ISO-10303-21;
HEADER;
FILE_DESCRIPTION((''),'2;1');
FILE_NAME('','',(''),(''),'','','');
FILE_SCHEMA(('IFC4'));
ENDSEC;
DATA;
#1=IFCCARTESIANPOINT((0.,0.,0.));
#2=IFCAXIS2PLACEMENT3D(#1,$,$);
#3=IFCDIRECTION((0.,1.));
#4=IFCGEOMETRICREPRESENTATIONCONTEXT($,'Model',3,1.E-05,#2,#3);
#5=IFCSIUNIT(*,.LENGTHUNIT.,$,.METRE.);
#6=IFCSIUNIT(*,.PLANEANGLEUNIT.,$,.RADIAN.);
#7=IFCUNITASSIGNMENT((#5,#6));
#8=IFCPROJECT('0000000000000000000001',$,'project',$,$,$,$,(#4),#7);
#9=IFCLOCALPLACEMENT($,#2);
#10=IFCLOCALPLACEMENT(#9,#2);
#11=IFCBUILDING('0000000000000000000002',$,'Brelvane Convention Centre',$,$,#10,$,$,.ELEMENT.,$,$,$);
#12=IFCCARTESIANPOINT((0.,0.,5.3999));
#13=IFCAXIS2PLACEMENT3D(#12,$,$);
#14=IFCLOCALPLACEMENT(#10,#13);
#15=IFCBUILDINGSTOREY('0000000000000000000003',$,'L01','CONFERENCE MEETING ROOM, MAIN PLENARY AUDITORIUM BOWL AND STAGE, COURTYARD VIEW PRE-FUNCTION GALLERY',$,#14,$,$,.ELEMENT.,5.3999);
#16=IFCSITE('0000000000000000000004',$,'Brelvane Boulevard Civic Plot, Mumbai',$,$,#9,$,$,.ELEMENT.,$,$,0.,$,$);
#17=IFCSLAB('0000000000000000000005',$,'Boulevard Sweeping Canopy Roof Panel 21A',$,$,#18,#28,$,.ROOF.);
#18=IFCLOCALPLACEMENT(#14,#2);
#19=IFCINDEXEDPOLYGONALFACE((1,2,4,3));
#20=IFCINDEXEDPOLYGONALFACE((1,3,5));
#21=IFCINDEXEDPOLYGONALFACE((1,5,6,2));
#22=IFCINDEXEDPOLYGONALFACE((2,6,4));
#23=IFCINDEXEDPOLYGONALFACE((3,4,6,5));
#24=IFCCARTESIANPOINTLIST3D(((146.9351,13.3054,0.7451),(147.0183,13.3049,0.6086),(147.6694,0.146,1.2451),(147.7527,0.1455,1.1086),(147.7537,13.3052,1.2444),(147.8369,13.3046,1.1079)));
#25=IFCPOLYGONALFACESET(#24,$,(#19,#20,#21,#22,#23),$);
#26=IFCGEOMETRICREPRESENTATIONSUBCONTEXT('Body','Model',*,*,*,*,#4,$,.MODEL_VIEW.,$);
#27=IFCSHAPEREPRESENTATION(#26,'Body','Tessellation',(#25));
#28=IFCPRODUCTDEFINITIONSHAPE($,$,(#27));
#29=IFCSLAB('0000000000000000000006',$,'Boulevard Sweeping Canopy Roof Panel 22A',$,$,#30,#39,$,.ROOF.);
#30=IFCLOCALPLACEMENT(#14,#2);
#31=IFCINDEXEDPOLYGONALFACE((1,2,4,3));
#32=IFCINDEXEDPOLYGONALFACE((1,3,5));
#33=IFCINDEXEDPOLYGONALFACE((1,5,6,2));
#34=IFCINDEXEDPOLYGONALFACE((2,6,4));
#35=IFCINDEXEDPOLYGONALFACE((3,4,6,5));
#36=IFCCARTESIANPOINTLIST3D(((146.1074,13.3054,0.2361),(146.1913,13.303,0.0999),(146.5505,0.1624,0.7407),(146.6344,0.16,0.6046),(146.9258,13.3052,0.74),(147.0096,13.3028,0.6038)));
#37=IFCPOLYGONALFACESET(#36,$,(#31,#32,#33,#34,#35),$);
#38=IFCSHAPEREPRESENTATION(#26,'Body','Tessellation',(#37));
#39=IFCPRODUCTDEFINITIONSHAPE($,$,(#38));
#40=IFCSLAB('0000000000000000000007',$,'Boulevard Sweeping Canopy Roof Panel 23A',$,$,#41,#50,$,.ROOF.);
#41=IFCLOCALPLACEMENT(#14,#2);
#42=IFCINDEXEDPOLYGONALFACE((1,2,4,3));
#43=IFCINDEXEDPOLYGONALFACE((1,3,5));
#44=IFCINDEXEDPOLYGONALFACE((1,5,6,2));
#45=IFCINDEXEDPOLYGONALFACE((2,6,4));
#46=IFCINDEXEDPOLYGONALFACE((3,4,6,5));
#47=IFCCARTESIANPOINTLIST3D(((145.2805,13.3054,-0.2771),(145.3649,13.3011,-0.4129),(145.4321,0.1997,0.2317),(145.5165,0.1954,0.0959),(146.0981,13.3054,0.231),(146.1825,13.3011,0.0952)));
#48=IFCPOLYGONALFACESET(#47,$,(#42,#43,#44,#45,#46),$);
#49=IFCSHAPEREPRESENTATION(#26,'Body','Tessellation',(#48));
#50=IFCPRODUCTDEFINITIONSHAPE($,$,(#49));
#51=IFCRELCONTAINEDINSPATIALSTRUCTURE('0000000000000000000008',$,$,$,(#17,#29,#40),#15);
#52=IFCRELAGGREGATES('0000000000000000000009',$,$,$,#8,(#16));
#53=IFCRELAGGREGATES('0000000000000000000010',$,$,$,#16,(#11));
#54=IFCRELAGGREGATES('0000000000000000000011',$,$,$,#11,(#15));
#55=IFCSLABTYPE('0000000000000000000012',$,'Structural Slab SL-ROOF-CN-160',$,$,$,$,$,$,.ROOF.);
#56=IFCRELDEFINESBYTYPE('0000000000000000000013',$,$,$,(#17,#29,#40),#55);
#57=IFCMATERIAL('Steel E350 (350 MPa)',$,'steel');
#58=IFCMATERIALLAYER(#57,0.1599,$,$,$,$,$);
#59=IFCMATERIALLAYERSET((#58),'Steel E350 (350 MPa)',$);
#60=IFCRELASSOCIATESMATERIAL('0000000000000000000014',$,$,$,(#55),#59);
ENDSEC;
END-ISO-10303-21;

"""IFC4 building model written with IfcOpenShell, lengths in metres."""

from ifc_helpers import new_model, si_unit, direction, frame, origin, place, context, subcontext, project, spatial, polyline, outline, extrude, material, layer, layer_set, type_object, element, save


model = new_model("IFC4")

# Units and contexts
model_context = context("Model", 3, precision=1e-05, world=origin(), true_north=direction((0.0, 1.0)))
body_context = subcontext(model_context, "Body", "Model", "MODEL_VIEW")
ifc_project = project(units=[si_unit("LENGTHUNIT", "METRE"), si_unit("PLANEANGLEUNIT", "RADIAN")], contexts=[model_context])

# Site, building, storey
site_placement = place(None, origin())
site = spatial("IfcSite", under=ifc_project, at=site_placement, Name="Brelvane Boulevard Civic Plot, Mumbai", CompositionType="ELEMENT", RefElevation=0.0)
building_placement = place(site_placement, origin())
building = spatial("IfcBuilding", under=site, at=building_placement, Name="Brelvane Convention Centre", CompositionType="ELEMENT")
storey_placement = place(building_placement, frame((0.0, 0.0, 5.3999)))
storey = spatial("IfcBuildingStorey", under=building, at=storey_placement, Name="L01", Description="CONFERENCE MEETING ROOM, MAIN PLENARY AUDITORIUM BOWL AND STAGE, COURTYARD VIEW PRE-FUNCTION GALLERY", CompositionType="ELEMENT", Elevation=5.3999)

# Slabs
ifc_material_1 = material(Name="Steel E350 (350 MPa)", Category="steel")
ifc_layer_1 = layer(ifc_material_1, 0.1599)
ifc_layer_set_1 = layer_set([ifc_layer_1], Name="Steel E350 (350 MPa)")
slab_type = type_object("IfcSlabType", Name="Structural Slab SL-ROOF-CN-160", PredefinedType="ROOF", material=ifc_layer_set_1)
slab_1_placement = place(storey_placement, frame((147.7537, 13.3052, 1.2444), z_axis=(-0.520694, 0.00338, 0.853737), x_axis=(-0.006401, -0.99998, 0.000056)))
element("IfcSlab", 1, at=slab_1_placement, inside=storey, type_object=slab_type, Name="Boulevard Sweeping Canopy Roof Panel 21A", PredefinedType="ROOF", context=body_context, shape_type="SweptSolid", body=[
    extrude(outline(polyline([(0.0, 0.0), (13.1594, 0.0), (0.005, -0.9588), (0.0, 0.0)])), origin(), (0.0, 0.0, -1.0), 0.1599),
])
slab_2_placement = place(storey_placement, frame((146.9258, 13.3052, 0.74), z_axis=(-0.524262, 0.015016, 0.851425), x_axis=(-0.02854, -0.999593, 0.000056)))
element("IfcSlab", 2, at=slab_2_placement, inside=storey, type_object=slab_type, Name="Boulevard Sweeping Canopy Roof Panel 22A", PredefinedType="ROOF", context=body_context, shape_type="SweptSolid", body=[
    extrude(outline(polyline([(0.0, 0.0), (13.1482, 0.0), (0.0231, -0.9608), (0.0, 0.0)])), origin(), (0.0, 0.0, -1.0), 0.1599),
])
slab_3_placement = place(storey_placement, frame((146.0981, 13.3054, 0.231), z_axis=(-0.527595, 0.026859, 0.849071), x_axis=(-0.050753, -0.998711, 0.000056)))
element("IfcSlab", 3, at=slab_3_placement, inside=storey, type_object=slab_type, Name="Boulevard Sweeping Canopy Roof Panel 23A", PredefinedType="ROOF", context=body_context, shape_type="SweptSolid", body=[
    extrude(outline(polyline([(0.0, 0.0), (13.1226, 0.0), (0.0415, -0.9617), (0.0, 0.0)])), origin(), (0.0, 0.0, -1.0), 0.1599),
])

save(model, "model.ifc")
